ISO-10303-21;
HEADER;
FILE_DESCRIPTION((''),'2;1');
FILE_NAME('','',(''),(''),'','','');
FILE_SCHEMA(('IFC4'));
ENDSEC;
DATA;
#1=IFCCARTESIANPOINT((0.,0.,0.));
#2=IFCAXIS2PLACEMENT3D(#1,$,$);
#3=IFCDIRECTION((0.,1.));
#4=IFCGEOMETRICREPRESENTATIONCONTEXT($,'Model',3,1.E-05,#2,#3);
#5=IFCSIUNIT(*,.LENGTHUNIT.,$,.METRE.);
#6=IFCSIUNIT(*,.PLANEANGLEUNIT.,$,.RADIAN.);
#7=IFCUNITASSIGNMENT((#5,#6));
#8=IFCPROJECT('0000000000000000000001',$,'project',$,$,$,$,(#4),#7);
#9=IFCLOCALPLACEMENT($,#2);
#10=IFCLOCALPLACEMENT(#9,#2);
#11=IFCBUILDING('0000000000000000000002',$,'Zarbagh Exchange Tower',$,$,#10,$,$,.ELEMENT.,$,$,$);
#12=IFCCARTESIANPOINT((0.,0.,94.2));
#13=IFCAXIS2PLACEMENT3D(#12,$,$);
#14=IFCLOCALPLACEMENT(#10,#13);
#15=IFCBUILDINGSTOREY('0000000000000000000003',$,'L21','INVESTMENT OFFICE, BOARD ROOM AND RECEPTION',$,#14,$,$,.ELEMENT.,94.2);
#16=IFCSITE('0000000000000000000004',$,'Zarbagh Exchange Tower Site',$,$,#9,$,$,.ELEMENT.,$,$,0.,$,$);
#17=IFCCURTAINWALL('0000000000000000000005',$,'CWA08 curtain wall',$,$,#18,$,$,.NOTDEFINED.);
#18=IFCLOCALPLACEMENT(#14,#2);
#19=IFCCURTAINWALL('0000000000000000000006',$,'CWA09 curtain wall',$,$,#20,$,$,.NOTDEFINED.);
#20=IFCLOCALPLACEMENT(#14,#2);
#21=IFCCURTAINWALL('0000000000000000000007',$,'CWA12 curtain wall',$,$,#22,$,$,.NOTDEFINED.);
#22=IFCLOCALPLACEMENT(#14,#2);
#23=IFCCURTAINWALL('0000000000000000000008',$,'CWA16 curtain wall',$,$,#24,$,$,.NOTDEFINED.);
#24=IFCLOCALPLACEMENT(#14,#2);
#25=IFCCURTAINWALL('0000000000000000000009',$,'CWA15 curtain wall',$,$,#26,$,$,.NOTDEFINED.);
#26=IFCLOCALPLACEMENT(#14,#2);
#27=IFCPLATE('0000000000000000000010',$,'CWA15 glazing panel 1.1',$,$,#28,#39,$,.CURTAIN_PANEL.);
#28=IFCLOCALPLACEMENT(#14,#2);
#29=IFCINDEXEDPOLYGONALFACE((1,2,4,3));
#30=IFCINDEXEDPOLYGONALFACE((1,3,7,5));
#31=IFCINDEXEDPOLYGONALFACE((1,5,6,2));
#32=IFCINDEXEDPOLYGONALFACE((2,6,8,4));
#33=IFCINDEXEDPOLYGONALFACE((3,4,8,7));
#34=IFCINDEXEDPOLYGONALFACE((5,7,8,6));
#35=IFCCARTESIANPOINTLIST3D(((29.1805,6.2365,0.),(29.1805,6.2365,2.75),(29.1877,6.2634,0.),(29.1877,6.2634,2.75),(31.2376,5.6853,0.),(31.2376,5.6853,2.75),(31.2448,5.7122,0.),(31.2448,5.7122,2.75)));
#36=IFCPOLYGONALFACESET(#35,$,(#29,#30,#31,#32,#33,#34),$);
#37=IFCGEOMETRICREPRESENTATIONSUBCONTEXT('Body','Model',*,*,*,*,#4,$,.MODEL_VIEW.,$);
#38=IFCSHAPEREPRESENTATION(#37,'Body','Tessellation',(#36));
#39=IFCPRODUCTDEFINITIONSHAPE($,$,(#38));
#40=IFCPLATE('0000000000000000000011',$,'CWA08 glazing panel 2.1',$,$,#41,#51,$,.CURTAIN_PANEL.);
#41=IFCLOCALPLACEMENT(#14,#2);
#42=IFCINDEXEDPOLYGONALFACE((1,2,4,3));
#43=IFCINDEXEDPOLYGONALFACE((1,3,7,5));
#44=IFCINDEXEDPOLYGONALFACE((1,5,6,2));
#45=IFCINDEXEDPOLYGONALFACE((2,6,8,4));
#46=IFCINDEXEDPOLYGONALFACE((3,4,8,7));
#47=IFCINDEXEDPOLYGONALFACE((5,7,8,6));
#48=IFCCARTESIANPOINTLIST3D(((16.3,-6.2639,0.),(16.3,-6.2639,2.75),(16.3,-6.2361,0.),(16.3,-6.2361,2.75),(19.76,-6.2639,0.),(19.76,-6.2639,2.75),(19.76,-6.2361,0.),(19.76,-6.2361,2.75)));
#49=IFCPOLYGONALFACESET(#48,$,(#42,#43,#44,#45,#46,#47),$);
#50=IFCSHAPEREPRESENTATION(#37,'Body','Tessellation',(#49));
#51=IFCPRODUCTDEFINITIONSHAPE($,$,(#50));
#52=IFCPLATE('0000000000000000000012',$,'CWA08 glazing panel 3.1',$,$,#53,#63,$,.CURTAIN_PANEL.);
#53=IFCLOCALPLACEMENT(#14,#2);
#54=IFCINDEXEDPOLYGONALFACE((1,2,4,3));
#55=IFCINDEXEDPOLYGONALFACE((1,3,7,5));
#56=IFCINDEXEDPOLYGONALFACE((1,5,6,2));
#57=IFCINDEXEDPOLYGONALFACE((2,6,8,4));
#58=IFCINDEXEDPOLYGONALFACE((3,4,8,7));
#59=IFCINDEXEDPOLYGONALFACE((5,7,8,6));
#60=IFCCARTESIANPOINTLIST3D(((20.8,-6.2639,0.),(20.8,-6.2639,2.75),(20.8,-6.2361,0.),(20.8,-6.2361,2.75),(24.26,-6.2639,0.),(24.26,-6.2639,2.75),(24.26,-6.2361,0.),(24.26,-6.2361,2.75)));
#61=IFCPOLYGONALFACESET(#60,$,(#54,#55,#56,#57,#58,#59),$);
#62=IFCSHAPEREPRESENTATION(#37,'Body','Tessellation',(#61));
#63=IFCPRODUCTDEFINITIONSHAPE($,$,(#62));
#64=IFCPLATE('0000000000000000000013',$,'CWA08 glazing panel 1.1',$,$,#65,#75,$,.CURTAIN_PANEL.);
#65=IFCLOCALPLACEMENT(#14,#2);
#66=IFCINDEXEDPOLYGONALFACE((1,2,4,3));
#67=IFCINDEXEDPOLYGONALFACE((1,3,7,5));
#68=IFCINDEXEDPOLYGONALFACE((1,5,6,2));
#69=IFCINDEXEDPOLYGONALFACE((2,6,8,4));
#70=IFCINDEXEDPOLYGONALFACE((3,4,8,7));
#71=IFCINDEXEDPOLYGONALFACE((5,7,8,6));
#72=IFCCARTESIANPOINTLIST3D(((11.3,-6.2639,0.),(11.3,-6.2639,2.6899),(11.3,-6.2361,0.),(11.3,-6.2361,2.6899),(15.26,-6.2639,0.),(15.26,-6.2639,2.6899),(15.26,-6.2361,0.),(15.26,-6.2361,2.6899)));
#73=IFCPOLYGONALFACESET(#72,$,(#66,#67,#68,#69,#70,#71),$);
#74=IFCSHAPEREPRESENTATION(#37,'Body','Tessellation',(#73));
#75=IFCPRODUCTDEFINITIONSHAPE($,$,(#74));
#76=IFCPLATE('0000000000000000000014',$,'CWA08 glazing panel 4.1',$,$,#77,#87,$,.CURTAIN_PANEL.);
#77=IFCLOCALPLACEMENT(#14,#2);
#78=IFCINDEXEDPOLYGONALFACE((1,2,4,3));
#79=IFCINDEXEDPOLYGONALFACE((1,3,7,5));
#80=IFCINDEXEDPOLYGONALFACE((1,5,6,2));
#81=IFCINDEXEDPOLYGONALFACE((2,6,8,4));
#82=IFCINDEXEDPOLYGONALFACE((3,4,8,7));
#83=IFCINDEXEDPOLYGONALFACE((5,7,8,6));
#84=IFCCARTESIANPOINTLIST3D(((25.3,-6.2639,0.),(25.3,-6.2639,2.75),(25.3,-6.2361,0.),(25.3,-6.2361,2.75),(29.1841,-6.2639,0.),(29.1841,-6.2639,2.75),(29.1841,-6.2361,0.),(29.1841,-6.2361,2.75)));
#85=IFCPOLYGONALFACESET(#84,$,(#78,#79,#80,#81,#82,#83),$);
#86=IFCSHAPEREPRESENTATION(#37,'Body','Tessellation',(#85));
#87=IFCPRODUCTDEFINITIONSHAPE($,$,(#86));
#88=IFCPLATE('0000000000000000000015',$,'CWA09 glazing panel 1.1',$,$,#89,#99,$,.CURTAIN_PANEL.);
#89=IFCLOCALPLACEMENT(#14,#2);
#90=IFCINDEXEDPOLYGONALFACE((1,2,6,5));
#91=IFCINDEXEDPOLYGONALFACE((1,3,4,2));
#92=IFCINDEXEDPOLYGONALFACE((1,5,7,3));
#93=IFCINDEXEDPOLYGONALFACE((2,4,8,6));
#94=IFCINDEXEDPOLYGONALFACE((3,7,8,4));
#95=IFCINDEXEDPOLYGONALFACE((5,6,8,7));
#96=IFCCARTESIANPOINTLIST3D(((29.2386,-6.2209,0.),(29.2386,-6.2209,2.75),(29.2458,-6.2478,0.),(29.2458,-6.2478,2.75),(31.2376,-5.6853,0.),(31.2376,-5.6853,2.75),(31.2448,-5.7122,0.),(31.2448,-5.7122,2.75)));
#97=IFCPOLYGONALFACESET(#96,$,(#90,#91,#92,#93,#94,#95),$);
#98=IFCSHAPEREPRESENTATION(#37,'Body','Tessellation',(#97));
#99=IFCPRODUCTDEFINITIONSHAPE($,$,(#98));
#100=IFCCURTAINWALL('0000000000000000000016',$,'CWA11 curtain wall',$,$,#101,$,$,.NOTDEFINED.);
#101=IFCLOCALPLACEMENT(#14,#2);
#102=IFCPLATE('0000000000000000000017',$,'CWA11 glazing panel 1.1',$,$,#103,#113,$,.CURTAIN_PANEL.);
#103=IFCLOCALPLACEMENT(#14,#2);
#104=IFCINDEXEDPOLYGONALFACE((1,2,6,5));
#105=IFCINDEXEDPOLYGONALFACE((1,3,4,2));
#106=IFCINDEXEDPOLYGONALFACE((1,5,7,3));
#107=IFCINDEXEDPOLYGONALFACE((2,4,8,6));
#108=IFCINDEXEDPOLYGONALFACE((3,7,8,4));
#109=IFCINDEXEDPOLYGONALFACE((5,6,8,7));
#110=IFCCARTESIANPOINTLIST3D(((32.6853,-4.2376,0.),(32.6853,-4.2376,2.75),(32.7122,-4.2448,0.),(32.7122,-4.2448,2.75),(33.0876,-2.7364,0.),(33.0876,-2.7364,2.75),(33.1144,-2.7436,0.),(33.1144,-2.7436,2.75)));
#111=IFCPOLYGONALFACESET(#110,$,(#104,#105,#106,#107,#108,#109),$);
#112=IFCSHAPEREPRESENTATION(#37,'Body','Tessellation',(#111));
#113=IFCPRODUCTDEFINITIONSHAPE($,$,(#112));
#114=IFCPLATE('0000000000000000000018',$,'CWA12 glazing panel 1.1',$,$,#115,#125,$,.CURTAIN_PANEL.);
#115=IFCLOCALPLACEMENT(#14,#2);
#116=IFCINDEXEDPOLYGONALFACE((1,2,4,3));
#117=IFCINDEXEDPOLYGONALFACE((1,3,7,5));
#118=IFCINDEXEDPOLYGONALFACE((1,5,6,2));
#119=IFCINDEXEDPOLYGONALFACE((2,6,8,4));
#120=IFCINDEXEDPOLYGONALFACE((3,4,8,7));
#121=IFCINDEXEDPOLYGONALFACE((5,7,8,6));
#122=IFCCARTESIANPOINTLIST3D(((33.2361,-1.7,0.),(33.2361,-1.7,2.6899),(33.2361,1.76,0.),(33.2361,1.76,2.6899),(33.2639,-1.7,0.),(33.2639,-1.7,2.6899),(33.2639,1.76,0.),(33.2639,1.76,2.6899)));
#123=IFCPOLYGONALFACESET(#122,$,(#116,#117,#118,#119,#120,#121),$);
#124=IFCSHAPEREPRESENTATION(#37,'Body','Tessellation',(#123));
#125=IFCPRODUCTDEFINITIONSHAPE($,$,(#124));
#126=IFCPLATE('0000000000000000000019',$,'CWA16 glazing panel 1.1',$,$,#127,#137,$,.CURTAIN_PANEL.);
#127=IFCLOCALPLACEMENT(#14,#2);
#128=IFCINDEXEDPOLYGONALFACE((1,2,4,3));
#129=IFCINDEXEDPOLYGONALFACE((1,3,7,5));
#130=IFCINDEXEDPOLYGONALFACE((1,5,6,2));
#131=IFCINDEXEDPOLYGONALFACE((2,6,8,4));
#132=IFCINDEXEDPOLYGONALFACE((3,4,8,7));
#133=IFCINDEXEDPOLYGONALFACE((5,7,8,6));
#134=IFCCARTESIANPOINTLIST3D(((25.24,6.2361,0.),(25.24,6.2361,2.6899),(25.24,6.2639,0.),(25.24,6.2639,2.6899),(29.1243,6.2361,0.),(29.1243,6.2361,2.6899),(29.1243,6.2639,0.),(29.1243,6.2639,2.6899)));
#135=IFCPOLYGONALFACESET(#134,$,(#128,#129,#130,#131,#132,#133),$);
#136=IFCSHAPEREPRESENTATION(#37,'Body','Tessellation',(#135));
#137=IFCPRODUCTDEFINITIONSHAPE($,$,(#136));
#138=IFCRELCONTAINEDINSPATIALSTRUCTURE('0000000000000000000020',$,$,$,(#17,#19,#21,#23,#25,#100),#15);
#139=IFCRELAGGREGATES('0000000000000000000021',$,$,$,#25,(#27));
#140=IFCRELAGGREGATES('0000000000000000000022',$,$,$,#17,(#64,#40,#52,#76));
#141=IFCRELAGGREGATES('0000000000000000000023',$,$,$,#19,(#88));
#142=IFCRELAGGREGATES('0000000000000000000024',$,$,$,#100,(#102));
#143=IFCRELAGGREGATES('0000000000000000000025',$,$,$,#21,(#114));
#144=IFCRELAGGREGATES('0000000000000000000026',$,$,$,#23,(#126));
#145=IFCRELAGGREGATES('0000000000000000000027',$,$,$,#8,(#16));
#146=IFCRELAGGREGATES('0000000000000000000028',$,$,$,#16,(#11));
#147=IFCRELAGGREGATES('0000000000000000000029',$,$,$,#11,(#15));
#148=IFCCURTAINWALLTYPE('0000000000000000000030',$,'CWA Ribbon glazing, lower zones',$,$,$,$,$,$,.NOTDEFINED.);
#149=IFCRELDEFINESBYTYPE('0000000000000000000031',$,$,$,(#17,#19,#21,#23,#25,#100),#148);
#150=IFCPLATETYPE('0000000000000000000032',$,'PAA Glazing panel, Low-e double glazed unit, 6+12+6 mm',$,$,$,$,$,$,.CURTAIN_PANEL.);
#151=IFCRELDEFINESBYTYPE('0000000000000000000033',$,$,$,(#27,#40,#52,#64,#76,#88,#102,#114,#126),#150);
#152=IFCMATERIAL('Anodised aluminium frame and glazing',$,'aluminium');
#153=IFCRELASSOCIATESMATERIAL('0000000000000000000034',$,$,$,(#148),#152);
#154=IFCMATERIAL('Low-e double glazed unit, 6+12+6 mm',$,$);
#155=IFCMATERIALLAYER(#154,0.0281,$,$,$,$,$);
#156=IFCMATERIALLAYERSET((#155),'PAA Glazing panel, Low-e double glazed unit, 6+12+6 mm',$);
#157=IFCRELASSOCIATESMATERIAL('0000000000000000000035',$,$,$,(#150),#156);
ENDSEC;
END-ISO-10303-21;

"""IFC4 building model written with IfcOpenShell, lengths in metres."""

from ifc_helpers import new_model, si_unit, direction, frame, origin, place, context, subcontext, project, spatial, polyline, outline, extrude, source, transform, mapped, material, layer, layer_set, type_object, element, aggregate, save


model = new_model("IFC4")

# Units and contexts
model_context = context("Model", 3, precision=1e-05, world=origin(), true_north=direction((0.0, 1.0)))
body_context = subcontext(model_context, "Body", "Model", "MODEL_VIEW")
ifc_project = project(units=[si_unit("LENGTHUNIT", "METRE"), si_unit("PLANEANGLEUNIT", "RADIAN")], contexts=[model_context])

# Site, building, storey
site_placement = place(None, origin())
site = spatial("IfcSite", under=ifc_project, at=site_placement, Name="Zarbagh Exchange Tower Site", CompositionType="ELEMENT", RefElevation=0.0)
building_placement = place(site_placement, origin())
building = spatial("IfcBuilding", under=site, at=building_placement, Name="Zarbagh Exchange Tower", CompositionType="ELEMENT")
storey_placement = place(building_placement, frame((0.0, 0.0, 94.2)))
storey = spatial("IfcBuildingStorey", under=building, at=storey_placement, Name="L21", Description="INVESTMENT OFFICE, BOARD ROOM AND RECEPTION", CompositionType="ELEMENT", Elevation=94.2)

# Curtain wall
ifc_material_1 = material(Name="Anodised aluminium frame and glazing", Category="aluminium")
curtain_wall_type = type_object("IfcCurtainWallType", Name="CWA Ribbon glazing, lower zones", PredefinedType="NOTDEFINED", material=ifc_material_1)
curtain_wall_1_placement = place(storey_placement, origin())
curtain_wall_1 = element("IfcCurtainWall", 1, at=curtain_wall_1_placement, inside=storey, type_object=curtain_wall_type, Name="CWA08 curtain wall", PredefinedType="NOTDEFINED")
placement = place(storey_placement, origin())

# Curtain walls
curtain_wall_2_placement = place(storey_placement, origin())
curtain_wall_2 = element("IfcCurtainWall", 2, at=curtain_wall_2_placement, inside=storey, type_object=curtain_wall_type, Name="CWA09 curtain wall", PredefinedType="NOTDEFINED")
curtain_wall_3_placement = place(storey_placement, origin())
curtain_wall_3 = element("IfcCurtainWall", 3, at=curtain_wall_3_placement, inside=storey, type_object=curtain_wall_type, Name="CWA12 curtain wall", PredefinedType="NOTDEFINED")

# Curtain wall
curtain_wall_4_placement = place(storey_placement, origin())
curtain_wall_4 = element("IfcCurtainWall", 4, at=curtain_wall_4_placement, inside=storey, type_object=curtain_wall_type, Name="CWA16 curtain wall", PredefinedType="NOTDEFINED")

# Shared definitions
ifc_material_2 = material(Name="Low-e double glazed unit, 6+12+6 mm")
ifc_layer = layer(ifc_material_2, 0.0281)
ifc_layer_set = layer_set([ifc_layer], Name="PAA Glazing panel, Low-e double glazed unit, 6+12+6 mm")
plate_type = type_object("IfcPlateType", Name="PAA Glazing panel, Low-e double glazed unit, 6+12+6 mm", PredefinedType="CURTAIN_PANEL", material=ifc_layer_set)

# Curtain wall, plate
curtain_wall_5_placement = place(storey_placement, origin())
curtain_wall_5 = element("IfcCurtainWall", 5, at=curtain_wall_5_placement, inside=storey, type_object=curtain_wall_type, Name="CWA15 curtain wall", PredefinedType="NOTDEFINED")
shared_shape_1 = source(origin(), body_context, "Body", "SweptSolid", [
    extrude(outline(polyline([(0.0, -0.0139), (2.1296, -0.0139), (2.1296, 0.0139), (0.0, 0.0139), (0.0, -0.0139)])), origin(), (0.0, 0.0, 1.0), 2.75),
])
plate_1 = element("IfcPlate", 6, at=placement, type_object=plate_type, Name="CWA15 glazing panel 1.1", PredefinedType="CURTAIN_PANEL", context=body_context, shape_type="MappedRepresentation", body=[
    mapped(shared_shape_1, transform((31.2412, 5.6987, 0.0), x_axis=(-0.965924, 0.258825, 0.0), y_axis=(-0.258825, -0.965924, 0.0), z_axis=(0.0, 0.0, 1.0))),
])
aggregate(curtain_wall_5, [plate_1])

# Plates
shared_shape_2 = source(origin(), body_context, "Body", "SweptSolid", [
    extrude(outline(polyline([(0.0, -0.0139), (3.46, -0.0139), (3.46, 0.0139), (0.0, 0.0139), (0.0, -0.0139)])), origin(), (0.0, 0.0, 1.0), 2.75),
])
plate_2 = element("IfcPlate", 7, at=placement, type_object=plate_type, Name="CWA08 glazing panel 2.1", PredefinedType="CURTAIN_PANEL", context=body_context, shape_type="MappedRepresentation", body=[
    mapped(shared_shape_2, transform((16.3, -6.25, 0.0), x_axis=(1.0, 0.0, 0.0), y_axis=(0.0, 1.0, 0.0), z_axis=(0.0, 0.0, 1.0))),
])
plate_3 = element("IfcPlate", 8, at=placement, type_object=plate_type, Name="CWA08 glazing panel 3.1", PredefinedType="CURTAIN_PANEL", context=body_context, shape_type="MappedRepresentation", body=[
    mapped(shared_shape_2, transform((20.8, -6.25, 0.0), x_axis=(1.0, 0.0, 0.0), y_axis=(0.0, 1.0, 0.0), z_axis=(0.0, 0.0, 1.0))),
])
shared_shape_3 = source(origin(), body_context, "Body", "SweptSolid", [
    extrude(outline(polyline([(0.0, -0.0139), (3.96, -0.0139), (3.96, 0.0139), (0.0, 0.0139), (0.0, -0.0139)])), origin(), (0.0, 0.0, 1.0), 2.6899),
])
plate_4 = element("IfcPlate", 9, at=placement, type_object=plate_type, Name="CWA08 glazing panel 1.1", PredefinedType="CURTAIN_PANEL", context=body_context, shape_type="MappedRepresentation", body=[
    mapped(shared_shape_3, transform((11.3, -6.25, 0.0), x_axis=(1.0, 0.0, 0.0), y_axis=(0.0, 1.0, 0.0), z_axis=(0.0, 0.0, 1.0))),
])
shared_shape_4 = source(origin(), body_context, "Body", "SweptSolid", [
    extrude(outline(polyline([(0.0, -0.0139), (3.884, -0.0139), (3.884, 0.0139), (0.0, 0.0139), (0.0, -0.0139)])), origin(), (0.0, 0.0, 1.0), 2.75),
])
plate_5 = element("IfcPlate", 10, at=placement, type_object=plate_type, Name="CWA08 glazing panel 4.1", PredefinedType="CURTAIN_PANEL", context=body_context, shape_type="MappedRepresentation", body=[
    mapped(shared_shape_4, transform((25.3, -6.25, 0.0), x_axis=(1.0, 0.0, 0.0), y_axis=(0.0, 1.0, 0.0), z_axis=(0.0, 0.0, 1.0))),
])
aggregate(curtain_wall_1, [plate_4, plate_2, plate_3, plate_5])
shared_shape_5 = source(origin(), body_context, "Body", "SweptSolid", [
    extrude(outline(polyline([(0.0, -0.0139), (2.0696, -0.0139), (2.0696, 0.0139), (0.0, 0.0139), (0.0, -0.0139)])), origin(), (0.0, 0.0, 1.0), 2.75),
])
plate_6 = element("IfcPlate", 11, at=placement, type_object=plate_type, Name="CWA09 glazing panel 1.1", PredefinedType="CURTAIN_PANEL", context=body_context, shape_type="MappedRepresentation", body=[
    mapped(shared_shape_5, transform((29.2422, -6.2344, 0.0), x_axis=(0.965924, 0.258825, 0.0), y_axis=(-0.258825, 0.965924, 0.0), z_axis=(0.0, 0.0, 1.0))),
])
aggregate(curtain_wall_2, [plate_6])

# Curtain wall, plate
curtain_wall_6_placement = place(storey_placement, origin())
curtain_wall_6 = element("IfcCurtainWall", 12, at=curtain_wall_6_placement, inside=storey, type_object=curtain_wall_type, Name="CWA11 curtain wall", PredefinedType="NOTDEFINED")
shared_shape_6 = source(origin(), body_context, "Body", "SweptSolid", [
    extrude(outline(polyline([(0.0, -0.0139), (1.5542, -0.0139), (1.5542, 0.0139), (0.0, 0.0139), (0.0, -0.0139)])), origin(), (0.0, 0.0, 1.0), 2.75),
])
plate_7 = element("IfcPlate", 13, at=placement, type_object=plate_type, Name="CWA11 glazing panel 1.1", PredefinedType="CURTAIN_PANEL", context=body_context, shape_type="MappedRepresentation", body=[
    mapped(shared_shape_6, transform((32.6987, -4.2412, 0.0), x_axis=(0.258825, 0.965924, 0.0), y_axis=(-0.965924, 0.258825, 0.0), z_axis=(0.0, 0.0, 1.0))),
])
aggregate(curtain_wall_6, [plate_7])

# Plates
shared_shape_7 = source(origin(), body_context, "Body", "SweptSolid", [
    extrude(outline(polyline([(0.0, -0.0139), (3.46, -0.0139), (3.46, 0.0139), (0.0, 0.0139), (0.0, -0.0139)])), origin(), (0.0, 0.0, 1.0), 2.6899),
])
plate_8 = element("IfcPlate", 14, at=placement, type_object=plate_type, Name="CWA12 glazing panel 1.1", PredefinedType="CURTAIN_PANEL", context=body_context, shape_type="MappedRepresentation", body=[
    mapped(shared_shape_7, transform((33.25, -1.7, 0.0), x_axis=(0.0, 1.0, 0.0), y_axis=(-1.0, 0.0, 0.0), z_axis=(0.0, 0.0, 1.0))),
])
aggregate(curtain_wall_3, [plate_8])
shared_shape_8 = source(origin(), body_context, "Body", "SweptSolid", [
    extrude(outline(polyline([(0.0, -0.0139), (3.8843, -0.0139), (3.8843, 0.0139), (0.0, 0.0139), (0.0, -0.0139)])), origin(), (0.0, 0.0, 1.0), 2.6899),
])
plate_9 = element("IfcPlate", 15, at=placement, type_object=plate_type, Name="CWA16 glazing panel 1.1", PredefinedType="CURTAIN_PANEL", context=body_context, shape_type="MappedRepresentation", body=[
    mapped(shared_shape_8, transform((29.1243, 6.25, 0.0), x_axis=(-1.0, 0.0, 0.0), y_axis=(0.0, -1.0, 0.0), z_axis=(0.0, 0.0, 1.0))),
])
aggregate(curtain_wall_4, [plate_9])

save(model, "model.ifc")
